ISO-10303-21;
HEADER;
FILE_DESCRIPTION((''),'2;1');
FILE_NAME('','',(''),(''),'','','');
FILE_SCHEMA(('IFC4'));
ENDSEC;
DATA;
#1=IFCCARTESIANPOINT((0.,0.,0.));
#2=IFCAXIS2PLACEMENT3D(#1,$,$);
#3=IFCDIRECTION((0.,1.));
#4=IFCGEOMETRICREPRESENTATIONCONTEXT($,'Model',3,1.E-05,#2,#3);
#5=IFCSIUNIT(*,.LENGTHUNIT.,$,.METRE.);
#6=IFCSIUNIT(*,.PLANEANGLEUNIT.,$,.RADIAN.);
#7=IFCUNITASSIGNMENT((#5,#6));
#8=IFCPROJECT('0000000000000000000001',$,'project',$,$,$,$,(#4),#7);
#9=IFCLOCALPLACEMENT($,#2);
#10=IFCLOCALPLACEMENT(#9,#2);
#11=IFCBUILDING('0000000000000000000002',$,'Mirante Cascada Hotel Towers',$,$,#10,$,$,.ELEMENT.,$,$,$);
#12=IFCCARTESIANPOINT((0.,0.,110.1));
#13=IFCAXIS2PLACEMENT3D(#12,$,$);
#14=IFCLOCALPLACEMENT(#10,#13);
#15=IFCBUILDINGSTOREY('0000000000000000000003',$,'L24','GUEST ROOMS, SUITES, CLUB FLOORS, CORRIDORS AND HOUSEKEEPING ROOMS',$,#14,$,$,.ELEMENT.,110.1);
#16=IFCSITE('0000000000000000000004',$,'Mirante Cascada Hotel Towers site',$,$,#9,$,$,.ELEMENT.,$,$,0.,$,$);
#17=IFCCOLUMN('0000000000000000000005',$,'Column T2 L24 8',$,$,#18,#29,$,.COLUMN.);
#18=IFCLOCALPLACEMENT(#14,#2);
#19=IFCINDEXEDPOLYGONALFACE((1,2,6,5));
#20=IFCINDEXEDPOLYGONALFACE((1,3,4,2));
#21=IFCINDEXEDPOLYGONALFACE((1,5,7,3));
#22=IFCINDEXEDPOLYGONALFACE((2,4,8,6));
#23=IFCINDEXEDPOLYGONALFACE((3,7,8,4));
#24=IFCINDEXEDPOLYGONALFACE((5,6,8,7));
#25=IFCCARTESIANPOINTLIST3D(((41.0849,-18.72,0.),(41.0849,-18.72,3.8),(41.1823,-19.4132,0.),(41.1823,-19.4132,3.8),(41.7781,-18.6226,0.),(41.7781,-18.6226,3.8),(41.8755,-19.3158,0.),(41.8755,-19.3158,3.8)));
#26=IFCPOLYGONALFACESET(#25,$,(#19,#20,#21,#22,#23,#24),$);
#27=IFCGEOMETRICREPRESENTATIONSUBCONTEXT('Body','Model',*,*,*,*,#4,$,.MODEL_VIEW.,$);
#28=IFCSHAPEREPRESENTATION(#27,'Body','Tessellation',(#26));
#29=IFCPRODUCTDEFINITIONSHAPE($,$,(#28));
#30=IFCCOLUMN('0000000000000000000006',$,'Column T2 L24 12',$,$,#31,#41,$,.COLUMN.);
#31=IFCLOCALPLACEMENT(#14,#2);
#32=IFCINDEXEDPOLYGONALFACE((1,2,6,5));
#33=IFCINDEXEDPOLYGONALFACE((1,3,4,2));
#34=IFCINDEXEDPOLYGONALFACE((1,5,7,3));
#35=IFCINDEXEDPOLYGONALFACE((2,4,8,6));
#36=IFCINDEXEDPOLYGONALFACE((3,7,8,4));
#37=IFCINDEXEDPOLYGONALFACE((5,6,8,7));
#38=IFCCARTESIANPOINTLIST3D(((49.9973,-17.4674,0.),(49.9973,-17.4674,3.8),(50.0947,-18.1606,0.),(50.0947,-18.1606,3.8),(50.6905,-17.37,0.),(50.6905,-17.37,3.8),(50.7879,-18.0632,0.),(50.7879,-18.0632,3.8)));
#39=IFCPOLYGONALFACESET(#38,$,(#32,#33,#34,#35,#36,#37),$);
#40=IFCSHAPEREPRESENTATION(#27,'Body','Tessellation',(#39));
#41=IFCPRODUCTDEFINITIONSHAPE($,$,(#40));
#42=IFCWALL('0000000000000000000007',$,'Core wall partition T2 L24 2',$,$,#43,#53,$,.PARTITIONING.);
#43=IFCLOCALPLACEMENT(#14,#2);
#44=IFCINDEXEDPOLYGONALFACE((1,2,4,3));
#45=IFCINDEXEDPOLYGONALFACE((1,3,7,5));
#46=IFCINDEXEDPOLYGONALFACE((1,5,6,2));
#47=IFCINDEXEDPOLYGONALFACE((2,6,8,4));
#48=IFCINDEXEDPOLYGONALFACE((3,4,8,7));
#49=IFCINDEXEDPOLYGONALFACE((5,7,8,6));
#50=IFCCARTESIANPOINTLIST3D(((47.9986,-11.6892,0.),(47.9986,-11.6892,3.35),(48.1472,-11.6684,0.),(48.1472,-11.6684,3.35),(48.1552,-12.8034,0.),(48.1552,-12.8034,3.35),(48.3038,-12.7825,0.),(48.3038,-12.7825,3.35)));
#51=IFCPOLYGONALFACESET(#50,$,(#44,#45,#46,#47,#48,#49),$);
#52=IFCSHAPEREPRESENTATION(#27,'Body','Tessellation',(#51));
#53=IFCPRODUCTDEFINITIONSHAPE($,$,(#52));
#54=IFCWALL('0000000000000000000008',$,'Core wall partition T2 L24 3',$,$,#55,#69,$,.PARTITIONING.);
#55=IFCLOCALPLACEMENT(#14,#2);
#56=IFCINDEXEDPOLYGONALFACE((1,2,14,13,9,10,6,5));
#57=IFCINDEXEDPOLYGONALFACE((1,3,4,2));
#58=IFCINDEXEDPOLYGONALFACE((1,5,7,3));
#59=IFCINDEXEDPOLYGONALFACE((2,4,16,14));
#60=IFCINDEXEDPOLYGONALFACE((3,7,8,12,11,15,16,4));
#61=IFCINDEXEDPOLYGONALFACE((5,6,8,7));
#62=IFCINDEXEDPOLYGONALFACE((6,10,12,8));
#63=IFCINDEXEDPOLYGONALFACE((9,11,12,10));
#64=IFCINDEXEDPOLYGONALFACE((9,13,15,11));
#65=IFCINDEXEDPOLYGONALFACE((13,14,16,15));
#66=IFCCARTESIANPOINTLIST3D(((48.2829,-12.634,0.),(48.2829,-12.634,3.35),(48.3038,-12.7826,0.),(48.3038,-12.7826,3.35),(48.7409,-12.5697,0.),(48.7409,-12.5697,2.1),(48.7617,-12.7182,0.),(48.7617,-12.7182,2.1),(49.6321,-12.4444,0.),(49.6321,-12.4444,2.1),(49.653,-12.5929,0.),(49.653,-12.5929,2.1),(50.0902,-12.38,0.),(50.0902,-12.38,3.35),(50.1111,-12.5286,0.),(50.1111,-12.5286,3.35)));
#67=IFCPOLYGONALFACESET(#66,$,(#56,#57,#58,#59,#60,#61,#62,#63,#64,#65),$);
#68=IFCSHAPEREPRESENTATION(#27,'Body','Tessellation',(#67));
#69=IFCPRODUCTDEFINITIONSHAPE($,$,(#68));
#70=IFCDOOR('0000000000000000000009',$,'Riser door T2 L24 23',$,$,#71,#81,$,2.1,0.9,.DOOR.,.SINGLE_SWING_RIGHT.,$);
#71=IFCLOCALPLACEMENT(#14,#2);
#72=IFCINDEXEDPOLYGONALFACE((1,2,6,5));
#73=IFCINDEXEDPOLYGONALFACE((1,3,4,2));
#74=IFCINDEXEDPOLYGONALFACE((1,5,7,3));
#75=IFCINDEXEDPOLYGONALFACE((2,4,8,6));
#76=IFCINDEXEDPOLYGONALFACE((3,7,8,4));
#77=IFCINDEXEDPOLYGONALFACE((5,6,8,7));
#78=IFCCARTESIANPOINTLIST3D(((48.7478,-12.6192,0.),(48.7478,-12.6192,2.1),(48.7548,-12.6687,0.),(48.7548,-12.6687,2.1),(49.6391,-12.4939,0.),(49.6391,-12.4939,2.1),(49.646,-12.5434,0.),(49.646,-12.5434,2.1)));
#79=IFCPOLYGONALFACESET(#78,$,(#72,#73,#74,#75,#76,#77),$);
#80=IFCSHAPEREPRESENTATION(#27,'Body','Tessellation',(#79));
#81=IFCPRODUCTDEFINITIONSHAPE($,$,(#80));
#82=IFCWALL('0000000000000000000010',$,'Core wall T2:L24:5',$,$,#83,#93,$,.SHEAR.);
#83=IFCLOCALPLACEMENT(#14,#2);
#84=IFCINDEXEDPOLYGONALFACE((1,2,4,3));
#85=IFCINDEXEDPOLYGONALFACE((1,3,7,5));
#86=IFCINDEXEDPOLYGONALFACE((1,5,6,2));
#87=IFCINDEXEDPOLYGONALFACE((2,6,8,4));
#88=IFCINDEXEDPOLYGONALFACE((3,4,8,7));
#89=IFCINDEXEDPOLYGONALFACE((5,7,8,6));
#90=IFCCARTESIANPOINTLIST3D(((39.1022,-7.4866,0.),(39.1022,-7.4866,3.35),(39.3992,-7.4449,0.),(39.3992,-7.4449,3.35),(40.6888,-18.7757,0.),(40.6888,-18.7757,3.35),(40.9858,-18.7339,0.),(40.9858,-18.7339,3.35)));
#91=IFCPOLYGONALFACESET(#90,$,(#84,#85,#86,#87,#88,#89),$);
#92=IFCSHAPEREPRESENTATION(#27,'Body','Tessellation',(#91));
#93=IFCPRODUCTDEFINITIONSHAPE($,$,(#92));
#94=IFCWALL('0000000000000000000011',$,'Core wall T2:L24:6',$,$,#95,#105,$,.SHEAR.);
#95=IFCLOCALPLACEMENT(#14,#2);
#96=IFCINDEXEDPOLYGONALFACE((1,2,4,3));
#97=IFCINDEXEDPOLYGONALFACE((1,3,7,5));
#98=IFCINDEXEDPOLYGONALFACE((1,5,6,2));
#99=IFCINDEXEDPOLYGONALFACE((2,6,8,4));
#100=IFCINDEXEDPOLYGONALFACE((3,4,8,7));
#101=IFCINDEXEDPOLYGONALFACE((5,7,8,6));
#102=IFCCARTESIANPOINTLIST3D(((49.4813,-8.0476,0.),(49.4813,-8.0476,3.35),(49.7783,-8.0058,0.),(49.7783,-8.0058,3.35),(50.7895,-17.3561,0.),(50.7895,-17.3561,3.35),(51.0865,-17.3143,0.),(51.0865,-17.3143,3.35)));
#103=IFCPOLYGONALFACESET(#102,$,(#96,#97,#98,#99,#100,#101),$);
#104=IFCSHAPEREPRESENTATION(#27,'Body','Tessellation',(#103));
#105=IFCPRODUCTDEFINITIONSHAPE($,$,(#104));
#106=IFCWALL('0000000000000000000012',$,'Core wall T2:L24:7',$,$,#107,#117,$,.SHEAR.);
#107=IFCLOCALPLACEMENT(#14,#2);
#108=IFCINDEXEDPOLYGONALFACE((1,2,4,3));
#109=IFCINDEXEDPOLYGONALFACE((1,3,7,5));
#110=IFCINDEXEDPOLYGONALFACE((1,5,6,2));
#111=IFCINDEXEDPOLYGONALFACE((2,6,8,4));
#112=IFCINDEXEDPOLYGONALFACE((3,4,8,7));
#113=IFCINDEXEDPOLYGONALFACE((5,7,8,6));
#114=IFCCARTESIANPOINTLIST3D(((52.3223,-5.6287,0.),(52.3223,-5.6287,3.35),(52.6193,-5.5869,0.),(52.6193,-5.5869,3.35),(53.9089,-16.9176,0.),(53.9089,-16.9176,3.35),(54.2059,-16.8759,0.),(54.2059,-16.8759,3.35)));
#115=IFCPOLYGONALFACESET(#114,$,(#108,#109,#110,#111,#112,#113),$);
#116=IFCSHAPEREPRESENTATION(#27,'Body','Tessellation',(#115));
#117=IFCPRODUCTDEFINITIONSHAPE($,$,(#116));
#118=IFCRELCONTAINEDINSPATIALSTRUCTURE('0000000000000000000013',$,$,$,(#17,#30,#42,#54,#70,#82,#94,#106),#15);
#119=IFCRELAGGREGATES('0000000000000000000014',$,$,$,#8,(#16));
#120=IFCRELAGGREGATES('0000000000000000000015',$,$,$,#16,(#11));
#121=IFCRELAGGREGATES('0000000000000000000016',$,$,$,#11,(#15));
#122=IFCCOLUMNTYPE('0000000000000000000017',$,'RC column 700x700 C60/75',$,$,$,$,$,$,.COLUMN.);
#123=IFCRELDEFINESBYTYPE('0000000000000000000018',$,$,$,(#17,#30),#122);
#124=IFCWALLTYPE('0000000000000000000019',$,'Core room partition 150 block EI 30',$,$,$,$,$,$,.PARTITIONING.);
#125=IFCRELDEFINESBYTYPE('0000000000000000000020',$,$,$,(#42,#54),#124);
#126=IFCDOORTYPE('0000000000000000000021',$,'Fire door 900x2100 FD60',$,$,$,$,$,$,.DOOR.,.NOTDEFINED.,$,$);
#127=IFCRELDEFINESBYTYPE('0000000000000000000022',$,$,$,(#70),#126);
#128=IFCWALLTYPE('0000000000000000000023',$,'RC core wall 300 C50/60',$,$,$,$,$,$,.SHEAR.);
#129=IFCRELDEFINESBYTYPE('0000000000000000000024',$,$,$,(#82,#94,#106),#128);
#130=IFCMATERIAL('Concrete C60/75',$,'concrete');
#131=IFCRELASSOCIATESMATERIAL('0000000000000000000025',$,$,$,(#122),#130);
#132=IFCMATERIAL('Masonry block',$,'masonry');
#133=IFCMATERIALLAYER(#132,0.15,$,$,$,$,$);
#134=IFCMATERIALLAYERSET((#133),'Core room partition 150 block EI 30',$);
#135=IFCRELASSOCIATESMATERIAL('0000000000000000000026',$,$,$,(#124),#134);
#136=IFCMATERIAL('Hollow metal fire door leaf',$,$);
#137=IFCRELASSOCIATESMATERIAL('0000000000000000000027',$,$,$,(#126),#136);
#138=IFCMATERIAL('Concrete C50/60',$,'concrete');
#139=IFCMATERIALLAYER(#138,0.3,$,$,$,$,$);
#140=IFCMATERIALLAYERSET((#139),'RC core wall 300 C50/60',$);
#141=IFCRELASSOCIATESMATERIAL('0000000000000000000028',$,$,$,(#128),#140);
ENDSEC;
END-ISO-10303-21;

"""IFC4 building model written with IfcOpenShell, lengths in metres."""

from ifc_helpers import new_model, si_unit, direction, frame, frame_2d, origin, origin_2d, place, context, subcontext, project, spatial, rectangle, extrude, material, layer, layer_set, material_profile, profile_set, type_object, element, fill, save


model = new_model("IFC4")

# Units and contexts
model_context = context("Model", 3, precision=1e-05, world=origin(), true_north=direction((0.0, 1.0)))
body_context = subcontext(model_context, "Body", "Model", "MODEL_VIEW")
ifc_project = project(units=[si_unit("LENGTHUNIT", "METRE"), si_unit("PLANEANGLEUNIT", "RADIAN")], contexts=[model_context])

# Site, building, storey
site_placement = place(None, origin())
site = spatial("IfcSite", under=ifc_project, at=site_placement, Name="Mirante Cascada Hotel Towers site", CompositionType="ELEMENT", RefElevation=0.0)
building_placement = place(site_placement, origin())
building = spatial("IfcBuilding", under=site, at=building_placement, Name="Mirante Cascada Hotel Towers", CompositionType="ELEMENT")
storey_placement = place(building_placement, frame((0.0, 0.0, 110.1)))
storey = spatial("IfcBuildingStorey", under=building, at=storey_placement, Name="L24", Description="GUEST ROOMS, SUITES, CLUB FLOORS, CORRIDORS AND HOUSEKEEPING ROOMS", CompositionType="ELEMENT", Elevation=110.1)

# Columns
ifc_material_1 = material(Name="Concrete C60/75", Category="concrete")
ifc_material_profile = material_profile(ifc_material_1, rectangle(XDim=0.7, YDim=0.7, at=origin_2d()), Name="RC column 700x700 C60/75")
ifc_profile_set = profile_set([ifc_material_profile], Name="Concrete C60/75")
column_type = type_object("IfcColumnType", Name="RC column 700x700 C60/75", PredefinedType="COLUMN", material=ifc_profile_set)
for number, where, z_axis, x_axis, name in (
    (1, (41.4802, -19.0179, 0.0), (0.0, 0.0, 1.0), (0.990268, 0.139173, 0.0), "Column T2 L24 8"),
    (2, (50.3926, -17.7653, 0.0), (0.0, 0.0, 1.0), (0.990268, 0.139173, 0.0), "Column T2 L24 12"),
):
    element("IfcColumn", number, at=place(storey_placement, frame(where, z_axis=z_axis, x_axis=x_axis)), inside=storey, type_object=column_type, Name=name, PredefinedType="COLUMN", context=body_context, shape_type="SweptSolid", body=[
        extrude(rectangle(XDim=0.7, YDim=0.7, at=origin_2d()), origin(), (0.0, 0.0, 1.0), 3.8),
    ])

# Wall
ifc_material_2 = material(Name="Masonry block", Category="masonry")
ifc_layer_1 = layer(ifc_material_2, 0.15)
ifc_layer_set_1 = layer_set([ifc_layer_1], Name="Core room partition 150 block EI 30")
wall_type_1 = type_object("IfcWallType", Name="Core room partition 150 block EI 30", PredefinedType="PARTITIONING", material=ifc_layer_set_1)
wall_1_placement = place(storey_placement, frame((48.2295, -12.793, 0.0), z_axis=(0.0, 0.0, 1.0), x_axis=(-0.139193, 0.990265, 0.0)))
element("IfcWall", 3, at=wall_1_placement, inside=storey, type_object=wall_type_1, Name="Core wall partition T2 L24 2", PredefinedType="PARTITIONING", context=body_context, shape_type="SweptSolid", body=[
    extrude(rectangle(XDim=1.1251, YDim=0.15, at=frame_2d((0.5626, 0.0))), origin(), (0.0, 0.0, 1.0), 3.35),
])

# Wall, opening, door
wall_2_placement = place(storey_placement, frame((48.2933, -12.7083, 0.0), z_axis=(0.0, 0.0, 1.0), x_axis=(0.990268, 0.139173, 0.0)))
wall_2 = element("IfcWall", 4, at=wall_2_placement, inside=storey, type_object=wall_type_1, Name="Core wall partition T2 L24 3", PredefinedType="PARTITIONING", context=body_context, shape_type="SweptSolid", body=[
    extrude(rectangle(XDim=1.8251, YDim=0.15, at=frame_2d((0.9126, 0.0))), origin(), (0.0, 0.0, 1.0), 3.35),
])
opening_1_placement = place(wall_2_placement, frame((0.4625, 0.0, 0.0)))
opening_1 = element("IfcOpeningElement", 5, at=opening_1_placement, cuts=wall_2, PredefinedType="OPENING", context=body_context, shape_type="SweptSolid", body=[
    extrude(rectangle(XDim=0.9, YDim=2.1, at=frame_2d((0.45, 1.05))), frame((0.0, 0.075, 0.0), z_axis=(0.0, -1.0, 0.0), x_axis=(1.0, 0.0, 0.0)), (0.0, 0.0, 1.0), 0.15),
])
ifc_material_3 = material(Name="Hollow metal fire door leaf")
door_type_1 = type_object("IfcDoorType", Name="Fire door 900x2100 FD60", OperationType="NOTDEFINED", PredefinedType="DOOR", material=ifc_material_3)
door_1_placement = place(opening_1_placement, frame((0.9, 0.0, 0.0), z_axis=(0.0, 0.0, 1.0), x_axis=(-1.0, 0.0, 0.0)))
door_1 = element("IfcDoor", 6, at=door_1_placement, inside=storey, type_object=door_type_1, Name="Riser door T2 L24 23", OperationType="SINGLE_SWING_RIGHT", OverallHeight=2.1, OverallWidth=0.9, PredefinedType="DOOR", context=body_context, shape_type="SweptSolid", body=[
    extrude(rectangle(XDim=0.9, YDim=2.1, at=frame_2d((0.45, 1.05))), frame((0.0, 0.025, 0.0), z_axis=(0.0, -1.0, 0.0), x_axis=(1.0, 0.0, 0.0)), (0.0, 0.0, 1.0), 0.05),
])
fill(opening_1, door_1)

# Walls
ifc_material_4 = material(Name="Concrete C50/60", Category="concrete")
ifc_layer_2 = layer(ifc_material_4, 0.3)
ifc_layer_set_2 = layer_set([ifc_layer_2], Name="RC core wall 300 C50/60")
wall_type_2 = type_object("IfcWallType", Name="RC core wall 300 C50/60", PredefinedType="SHEAR", material=ifc_layer_set_2)
wall_3_placement = place(storey_placement, frame((40.8373, -18.7548, 0.0), z_axis=(0.0, 0.0, 1.0), x_axis=(-0.139175, 0.990268, 0.0)))
element("IfcWall", 7, at=wall_3_placement, inside=storey, type_object=wall_type_2, Name="Core wall T2:L24:5", PredefinedType="SHEAR", context=body_context, shape_type="SweptSolid", body=[
    extrude(rectangle(XDim=11.4, YDim=0.3, at=frame_2d((5.7, 0.0))), origin(), (0.0, 0.0, 1.0), 3.35),
])
wall_4_placement = place(storey_placement, frame((50.938, -17.3352, 0.0), z_axis=(0.0, 0.0, 1.0), x_axis=(-0.139171, 0.990268, 0.0)))
element("IfcWall", 8, at=wall_4_placement, inside=storey, type_object=wall_type_2, Name="Core wall T2:L24:6", PredefinedType="SHEAR", context=body_context, shape_type="SweptSolid", body=[
    extrude(rectangle(XDim=9.4, YDim=0.3, at=frame_2d((4.7, 0.0))), origin(), (0.0, 0.0, 1.0), 3.35),
])
wall_5_placement = place(storey_placement, frame((54.0574, -16.8968, 0.0), z_axis=(0.0, 0.0, 1.0), x_axis=(-0.139176, 0.990268, 0.0)))
element("IfcWall", 9, at=wall_5_placement, inside=storey, type_object=wall_type_2, Name="Core wall T2:L24:7", PredefinedType="SHEAR", context=body_context, shape_type="SweptSolid", body=[
    extrude(rectangle(XDim=11.3999, YDim=0.3, at=frame_2d((5.7, 0.0))), origin(), (0.0, 0.0, 1.0), 3.35),
])

save(model, "model.ifc")
